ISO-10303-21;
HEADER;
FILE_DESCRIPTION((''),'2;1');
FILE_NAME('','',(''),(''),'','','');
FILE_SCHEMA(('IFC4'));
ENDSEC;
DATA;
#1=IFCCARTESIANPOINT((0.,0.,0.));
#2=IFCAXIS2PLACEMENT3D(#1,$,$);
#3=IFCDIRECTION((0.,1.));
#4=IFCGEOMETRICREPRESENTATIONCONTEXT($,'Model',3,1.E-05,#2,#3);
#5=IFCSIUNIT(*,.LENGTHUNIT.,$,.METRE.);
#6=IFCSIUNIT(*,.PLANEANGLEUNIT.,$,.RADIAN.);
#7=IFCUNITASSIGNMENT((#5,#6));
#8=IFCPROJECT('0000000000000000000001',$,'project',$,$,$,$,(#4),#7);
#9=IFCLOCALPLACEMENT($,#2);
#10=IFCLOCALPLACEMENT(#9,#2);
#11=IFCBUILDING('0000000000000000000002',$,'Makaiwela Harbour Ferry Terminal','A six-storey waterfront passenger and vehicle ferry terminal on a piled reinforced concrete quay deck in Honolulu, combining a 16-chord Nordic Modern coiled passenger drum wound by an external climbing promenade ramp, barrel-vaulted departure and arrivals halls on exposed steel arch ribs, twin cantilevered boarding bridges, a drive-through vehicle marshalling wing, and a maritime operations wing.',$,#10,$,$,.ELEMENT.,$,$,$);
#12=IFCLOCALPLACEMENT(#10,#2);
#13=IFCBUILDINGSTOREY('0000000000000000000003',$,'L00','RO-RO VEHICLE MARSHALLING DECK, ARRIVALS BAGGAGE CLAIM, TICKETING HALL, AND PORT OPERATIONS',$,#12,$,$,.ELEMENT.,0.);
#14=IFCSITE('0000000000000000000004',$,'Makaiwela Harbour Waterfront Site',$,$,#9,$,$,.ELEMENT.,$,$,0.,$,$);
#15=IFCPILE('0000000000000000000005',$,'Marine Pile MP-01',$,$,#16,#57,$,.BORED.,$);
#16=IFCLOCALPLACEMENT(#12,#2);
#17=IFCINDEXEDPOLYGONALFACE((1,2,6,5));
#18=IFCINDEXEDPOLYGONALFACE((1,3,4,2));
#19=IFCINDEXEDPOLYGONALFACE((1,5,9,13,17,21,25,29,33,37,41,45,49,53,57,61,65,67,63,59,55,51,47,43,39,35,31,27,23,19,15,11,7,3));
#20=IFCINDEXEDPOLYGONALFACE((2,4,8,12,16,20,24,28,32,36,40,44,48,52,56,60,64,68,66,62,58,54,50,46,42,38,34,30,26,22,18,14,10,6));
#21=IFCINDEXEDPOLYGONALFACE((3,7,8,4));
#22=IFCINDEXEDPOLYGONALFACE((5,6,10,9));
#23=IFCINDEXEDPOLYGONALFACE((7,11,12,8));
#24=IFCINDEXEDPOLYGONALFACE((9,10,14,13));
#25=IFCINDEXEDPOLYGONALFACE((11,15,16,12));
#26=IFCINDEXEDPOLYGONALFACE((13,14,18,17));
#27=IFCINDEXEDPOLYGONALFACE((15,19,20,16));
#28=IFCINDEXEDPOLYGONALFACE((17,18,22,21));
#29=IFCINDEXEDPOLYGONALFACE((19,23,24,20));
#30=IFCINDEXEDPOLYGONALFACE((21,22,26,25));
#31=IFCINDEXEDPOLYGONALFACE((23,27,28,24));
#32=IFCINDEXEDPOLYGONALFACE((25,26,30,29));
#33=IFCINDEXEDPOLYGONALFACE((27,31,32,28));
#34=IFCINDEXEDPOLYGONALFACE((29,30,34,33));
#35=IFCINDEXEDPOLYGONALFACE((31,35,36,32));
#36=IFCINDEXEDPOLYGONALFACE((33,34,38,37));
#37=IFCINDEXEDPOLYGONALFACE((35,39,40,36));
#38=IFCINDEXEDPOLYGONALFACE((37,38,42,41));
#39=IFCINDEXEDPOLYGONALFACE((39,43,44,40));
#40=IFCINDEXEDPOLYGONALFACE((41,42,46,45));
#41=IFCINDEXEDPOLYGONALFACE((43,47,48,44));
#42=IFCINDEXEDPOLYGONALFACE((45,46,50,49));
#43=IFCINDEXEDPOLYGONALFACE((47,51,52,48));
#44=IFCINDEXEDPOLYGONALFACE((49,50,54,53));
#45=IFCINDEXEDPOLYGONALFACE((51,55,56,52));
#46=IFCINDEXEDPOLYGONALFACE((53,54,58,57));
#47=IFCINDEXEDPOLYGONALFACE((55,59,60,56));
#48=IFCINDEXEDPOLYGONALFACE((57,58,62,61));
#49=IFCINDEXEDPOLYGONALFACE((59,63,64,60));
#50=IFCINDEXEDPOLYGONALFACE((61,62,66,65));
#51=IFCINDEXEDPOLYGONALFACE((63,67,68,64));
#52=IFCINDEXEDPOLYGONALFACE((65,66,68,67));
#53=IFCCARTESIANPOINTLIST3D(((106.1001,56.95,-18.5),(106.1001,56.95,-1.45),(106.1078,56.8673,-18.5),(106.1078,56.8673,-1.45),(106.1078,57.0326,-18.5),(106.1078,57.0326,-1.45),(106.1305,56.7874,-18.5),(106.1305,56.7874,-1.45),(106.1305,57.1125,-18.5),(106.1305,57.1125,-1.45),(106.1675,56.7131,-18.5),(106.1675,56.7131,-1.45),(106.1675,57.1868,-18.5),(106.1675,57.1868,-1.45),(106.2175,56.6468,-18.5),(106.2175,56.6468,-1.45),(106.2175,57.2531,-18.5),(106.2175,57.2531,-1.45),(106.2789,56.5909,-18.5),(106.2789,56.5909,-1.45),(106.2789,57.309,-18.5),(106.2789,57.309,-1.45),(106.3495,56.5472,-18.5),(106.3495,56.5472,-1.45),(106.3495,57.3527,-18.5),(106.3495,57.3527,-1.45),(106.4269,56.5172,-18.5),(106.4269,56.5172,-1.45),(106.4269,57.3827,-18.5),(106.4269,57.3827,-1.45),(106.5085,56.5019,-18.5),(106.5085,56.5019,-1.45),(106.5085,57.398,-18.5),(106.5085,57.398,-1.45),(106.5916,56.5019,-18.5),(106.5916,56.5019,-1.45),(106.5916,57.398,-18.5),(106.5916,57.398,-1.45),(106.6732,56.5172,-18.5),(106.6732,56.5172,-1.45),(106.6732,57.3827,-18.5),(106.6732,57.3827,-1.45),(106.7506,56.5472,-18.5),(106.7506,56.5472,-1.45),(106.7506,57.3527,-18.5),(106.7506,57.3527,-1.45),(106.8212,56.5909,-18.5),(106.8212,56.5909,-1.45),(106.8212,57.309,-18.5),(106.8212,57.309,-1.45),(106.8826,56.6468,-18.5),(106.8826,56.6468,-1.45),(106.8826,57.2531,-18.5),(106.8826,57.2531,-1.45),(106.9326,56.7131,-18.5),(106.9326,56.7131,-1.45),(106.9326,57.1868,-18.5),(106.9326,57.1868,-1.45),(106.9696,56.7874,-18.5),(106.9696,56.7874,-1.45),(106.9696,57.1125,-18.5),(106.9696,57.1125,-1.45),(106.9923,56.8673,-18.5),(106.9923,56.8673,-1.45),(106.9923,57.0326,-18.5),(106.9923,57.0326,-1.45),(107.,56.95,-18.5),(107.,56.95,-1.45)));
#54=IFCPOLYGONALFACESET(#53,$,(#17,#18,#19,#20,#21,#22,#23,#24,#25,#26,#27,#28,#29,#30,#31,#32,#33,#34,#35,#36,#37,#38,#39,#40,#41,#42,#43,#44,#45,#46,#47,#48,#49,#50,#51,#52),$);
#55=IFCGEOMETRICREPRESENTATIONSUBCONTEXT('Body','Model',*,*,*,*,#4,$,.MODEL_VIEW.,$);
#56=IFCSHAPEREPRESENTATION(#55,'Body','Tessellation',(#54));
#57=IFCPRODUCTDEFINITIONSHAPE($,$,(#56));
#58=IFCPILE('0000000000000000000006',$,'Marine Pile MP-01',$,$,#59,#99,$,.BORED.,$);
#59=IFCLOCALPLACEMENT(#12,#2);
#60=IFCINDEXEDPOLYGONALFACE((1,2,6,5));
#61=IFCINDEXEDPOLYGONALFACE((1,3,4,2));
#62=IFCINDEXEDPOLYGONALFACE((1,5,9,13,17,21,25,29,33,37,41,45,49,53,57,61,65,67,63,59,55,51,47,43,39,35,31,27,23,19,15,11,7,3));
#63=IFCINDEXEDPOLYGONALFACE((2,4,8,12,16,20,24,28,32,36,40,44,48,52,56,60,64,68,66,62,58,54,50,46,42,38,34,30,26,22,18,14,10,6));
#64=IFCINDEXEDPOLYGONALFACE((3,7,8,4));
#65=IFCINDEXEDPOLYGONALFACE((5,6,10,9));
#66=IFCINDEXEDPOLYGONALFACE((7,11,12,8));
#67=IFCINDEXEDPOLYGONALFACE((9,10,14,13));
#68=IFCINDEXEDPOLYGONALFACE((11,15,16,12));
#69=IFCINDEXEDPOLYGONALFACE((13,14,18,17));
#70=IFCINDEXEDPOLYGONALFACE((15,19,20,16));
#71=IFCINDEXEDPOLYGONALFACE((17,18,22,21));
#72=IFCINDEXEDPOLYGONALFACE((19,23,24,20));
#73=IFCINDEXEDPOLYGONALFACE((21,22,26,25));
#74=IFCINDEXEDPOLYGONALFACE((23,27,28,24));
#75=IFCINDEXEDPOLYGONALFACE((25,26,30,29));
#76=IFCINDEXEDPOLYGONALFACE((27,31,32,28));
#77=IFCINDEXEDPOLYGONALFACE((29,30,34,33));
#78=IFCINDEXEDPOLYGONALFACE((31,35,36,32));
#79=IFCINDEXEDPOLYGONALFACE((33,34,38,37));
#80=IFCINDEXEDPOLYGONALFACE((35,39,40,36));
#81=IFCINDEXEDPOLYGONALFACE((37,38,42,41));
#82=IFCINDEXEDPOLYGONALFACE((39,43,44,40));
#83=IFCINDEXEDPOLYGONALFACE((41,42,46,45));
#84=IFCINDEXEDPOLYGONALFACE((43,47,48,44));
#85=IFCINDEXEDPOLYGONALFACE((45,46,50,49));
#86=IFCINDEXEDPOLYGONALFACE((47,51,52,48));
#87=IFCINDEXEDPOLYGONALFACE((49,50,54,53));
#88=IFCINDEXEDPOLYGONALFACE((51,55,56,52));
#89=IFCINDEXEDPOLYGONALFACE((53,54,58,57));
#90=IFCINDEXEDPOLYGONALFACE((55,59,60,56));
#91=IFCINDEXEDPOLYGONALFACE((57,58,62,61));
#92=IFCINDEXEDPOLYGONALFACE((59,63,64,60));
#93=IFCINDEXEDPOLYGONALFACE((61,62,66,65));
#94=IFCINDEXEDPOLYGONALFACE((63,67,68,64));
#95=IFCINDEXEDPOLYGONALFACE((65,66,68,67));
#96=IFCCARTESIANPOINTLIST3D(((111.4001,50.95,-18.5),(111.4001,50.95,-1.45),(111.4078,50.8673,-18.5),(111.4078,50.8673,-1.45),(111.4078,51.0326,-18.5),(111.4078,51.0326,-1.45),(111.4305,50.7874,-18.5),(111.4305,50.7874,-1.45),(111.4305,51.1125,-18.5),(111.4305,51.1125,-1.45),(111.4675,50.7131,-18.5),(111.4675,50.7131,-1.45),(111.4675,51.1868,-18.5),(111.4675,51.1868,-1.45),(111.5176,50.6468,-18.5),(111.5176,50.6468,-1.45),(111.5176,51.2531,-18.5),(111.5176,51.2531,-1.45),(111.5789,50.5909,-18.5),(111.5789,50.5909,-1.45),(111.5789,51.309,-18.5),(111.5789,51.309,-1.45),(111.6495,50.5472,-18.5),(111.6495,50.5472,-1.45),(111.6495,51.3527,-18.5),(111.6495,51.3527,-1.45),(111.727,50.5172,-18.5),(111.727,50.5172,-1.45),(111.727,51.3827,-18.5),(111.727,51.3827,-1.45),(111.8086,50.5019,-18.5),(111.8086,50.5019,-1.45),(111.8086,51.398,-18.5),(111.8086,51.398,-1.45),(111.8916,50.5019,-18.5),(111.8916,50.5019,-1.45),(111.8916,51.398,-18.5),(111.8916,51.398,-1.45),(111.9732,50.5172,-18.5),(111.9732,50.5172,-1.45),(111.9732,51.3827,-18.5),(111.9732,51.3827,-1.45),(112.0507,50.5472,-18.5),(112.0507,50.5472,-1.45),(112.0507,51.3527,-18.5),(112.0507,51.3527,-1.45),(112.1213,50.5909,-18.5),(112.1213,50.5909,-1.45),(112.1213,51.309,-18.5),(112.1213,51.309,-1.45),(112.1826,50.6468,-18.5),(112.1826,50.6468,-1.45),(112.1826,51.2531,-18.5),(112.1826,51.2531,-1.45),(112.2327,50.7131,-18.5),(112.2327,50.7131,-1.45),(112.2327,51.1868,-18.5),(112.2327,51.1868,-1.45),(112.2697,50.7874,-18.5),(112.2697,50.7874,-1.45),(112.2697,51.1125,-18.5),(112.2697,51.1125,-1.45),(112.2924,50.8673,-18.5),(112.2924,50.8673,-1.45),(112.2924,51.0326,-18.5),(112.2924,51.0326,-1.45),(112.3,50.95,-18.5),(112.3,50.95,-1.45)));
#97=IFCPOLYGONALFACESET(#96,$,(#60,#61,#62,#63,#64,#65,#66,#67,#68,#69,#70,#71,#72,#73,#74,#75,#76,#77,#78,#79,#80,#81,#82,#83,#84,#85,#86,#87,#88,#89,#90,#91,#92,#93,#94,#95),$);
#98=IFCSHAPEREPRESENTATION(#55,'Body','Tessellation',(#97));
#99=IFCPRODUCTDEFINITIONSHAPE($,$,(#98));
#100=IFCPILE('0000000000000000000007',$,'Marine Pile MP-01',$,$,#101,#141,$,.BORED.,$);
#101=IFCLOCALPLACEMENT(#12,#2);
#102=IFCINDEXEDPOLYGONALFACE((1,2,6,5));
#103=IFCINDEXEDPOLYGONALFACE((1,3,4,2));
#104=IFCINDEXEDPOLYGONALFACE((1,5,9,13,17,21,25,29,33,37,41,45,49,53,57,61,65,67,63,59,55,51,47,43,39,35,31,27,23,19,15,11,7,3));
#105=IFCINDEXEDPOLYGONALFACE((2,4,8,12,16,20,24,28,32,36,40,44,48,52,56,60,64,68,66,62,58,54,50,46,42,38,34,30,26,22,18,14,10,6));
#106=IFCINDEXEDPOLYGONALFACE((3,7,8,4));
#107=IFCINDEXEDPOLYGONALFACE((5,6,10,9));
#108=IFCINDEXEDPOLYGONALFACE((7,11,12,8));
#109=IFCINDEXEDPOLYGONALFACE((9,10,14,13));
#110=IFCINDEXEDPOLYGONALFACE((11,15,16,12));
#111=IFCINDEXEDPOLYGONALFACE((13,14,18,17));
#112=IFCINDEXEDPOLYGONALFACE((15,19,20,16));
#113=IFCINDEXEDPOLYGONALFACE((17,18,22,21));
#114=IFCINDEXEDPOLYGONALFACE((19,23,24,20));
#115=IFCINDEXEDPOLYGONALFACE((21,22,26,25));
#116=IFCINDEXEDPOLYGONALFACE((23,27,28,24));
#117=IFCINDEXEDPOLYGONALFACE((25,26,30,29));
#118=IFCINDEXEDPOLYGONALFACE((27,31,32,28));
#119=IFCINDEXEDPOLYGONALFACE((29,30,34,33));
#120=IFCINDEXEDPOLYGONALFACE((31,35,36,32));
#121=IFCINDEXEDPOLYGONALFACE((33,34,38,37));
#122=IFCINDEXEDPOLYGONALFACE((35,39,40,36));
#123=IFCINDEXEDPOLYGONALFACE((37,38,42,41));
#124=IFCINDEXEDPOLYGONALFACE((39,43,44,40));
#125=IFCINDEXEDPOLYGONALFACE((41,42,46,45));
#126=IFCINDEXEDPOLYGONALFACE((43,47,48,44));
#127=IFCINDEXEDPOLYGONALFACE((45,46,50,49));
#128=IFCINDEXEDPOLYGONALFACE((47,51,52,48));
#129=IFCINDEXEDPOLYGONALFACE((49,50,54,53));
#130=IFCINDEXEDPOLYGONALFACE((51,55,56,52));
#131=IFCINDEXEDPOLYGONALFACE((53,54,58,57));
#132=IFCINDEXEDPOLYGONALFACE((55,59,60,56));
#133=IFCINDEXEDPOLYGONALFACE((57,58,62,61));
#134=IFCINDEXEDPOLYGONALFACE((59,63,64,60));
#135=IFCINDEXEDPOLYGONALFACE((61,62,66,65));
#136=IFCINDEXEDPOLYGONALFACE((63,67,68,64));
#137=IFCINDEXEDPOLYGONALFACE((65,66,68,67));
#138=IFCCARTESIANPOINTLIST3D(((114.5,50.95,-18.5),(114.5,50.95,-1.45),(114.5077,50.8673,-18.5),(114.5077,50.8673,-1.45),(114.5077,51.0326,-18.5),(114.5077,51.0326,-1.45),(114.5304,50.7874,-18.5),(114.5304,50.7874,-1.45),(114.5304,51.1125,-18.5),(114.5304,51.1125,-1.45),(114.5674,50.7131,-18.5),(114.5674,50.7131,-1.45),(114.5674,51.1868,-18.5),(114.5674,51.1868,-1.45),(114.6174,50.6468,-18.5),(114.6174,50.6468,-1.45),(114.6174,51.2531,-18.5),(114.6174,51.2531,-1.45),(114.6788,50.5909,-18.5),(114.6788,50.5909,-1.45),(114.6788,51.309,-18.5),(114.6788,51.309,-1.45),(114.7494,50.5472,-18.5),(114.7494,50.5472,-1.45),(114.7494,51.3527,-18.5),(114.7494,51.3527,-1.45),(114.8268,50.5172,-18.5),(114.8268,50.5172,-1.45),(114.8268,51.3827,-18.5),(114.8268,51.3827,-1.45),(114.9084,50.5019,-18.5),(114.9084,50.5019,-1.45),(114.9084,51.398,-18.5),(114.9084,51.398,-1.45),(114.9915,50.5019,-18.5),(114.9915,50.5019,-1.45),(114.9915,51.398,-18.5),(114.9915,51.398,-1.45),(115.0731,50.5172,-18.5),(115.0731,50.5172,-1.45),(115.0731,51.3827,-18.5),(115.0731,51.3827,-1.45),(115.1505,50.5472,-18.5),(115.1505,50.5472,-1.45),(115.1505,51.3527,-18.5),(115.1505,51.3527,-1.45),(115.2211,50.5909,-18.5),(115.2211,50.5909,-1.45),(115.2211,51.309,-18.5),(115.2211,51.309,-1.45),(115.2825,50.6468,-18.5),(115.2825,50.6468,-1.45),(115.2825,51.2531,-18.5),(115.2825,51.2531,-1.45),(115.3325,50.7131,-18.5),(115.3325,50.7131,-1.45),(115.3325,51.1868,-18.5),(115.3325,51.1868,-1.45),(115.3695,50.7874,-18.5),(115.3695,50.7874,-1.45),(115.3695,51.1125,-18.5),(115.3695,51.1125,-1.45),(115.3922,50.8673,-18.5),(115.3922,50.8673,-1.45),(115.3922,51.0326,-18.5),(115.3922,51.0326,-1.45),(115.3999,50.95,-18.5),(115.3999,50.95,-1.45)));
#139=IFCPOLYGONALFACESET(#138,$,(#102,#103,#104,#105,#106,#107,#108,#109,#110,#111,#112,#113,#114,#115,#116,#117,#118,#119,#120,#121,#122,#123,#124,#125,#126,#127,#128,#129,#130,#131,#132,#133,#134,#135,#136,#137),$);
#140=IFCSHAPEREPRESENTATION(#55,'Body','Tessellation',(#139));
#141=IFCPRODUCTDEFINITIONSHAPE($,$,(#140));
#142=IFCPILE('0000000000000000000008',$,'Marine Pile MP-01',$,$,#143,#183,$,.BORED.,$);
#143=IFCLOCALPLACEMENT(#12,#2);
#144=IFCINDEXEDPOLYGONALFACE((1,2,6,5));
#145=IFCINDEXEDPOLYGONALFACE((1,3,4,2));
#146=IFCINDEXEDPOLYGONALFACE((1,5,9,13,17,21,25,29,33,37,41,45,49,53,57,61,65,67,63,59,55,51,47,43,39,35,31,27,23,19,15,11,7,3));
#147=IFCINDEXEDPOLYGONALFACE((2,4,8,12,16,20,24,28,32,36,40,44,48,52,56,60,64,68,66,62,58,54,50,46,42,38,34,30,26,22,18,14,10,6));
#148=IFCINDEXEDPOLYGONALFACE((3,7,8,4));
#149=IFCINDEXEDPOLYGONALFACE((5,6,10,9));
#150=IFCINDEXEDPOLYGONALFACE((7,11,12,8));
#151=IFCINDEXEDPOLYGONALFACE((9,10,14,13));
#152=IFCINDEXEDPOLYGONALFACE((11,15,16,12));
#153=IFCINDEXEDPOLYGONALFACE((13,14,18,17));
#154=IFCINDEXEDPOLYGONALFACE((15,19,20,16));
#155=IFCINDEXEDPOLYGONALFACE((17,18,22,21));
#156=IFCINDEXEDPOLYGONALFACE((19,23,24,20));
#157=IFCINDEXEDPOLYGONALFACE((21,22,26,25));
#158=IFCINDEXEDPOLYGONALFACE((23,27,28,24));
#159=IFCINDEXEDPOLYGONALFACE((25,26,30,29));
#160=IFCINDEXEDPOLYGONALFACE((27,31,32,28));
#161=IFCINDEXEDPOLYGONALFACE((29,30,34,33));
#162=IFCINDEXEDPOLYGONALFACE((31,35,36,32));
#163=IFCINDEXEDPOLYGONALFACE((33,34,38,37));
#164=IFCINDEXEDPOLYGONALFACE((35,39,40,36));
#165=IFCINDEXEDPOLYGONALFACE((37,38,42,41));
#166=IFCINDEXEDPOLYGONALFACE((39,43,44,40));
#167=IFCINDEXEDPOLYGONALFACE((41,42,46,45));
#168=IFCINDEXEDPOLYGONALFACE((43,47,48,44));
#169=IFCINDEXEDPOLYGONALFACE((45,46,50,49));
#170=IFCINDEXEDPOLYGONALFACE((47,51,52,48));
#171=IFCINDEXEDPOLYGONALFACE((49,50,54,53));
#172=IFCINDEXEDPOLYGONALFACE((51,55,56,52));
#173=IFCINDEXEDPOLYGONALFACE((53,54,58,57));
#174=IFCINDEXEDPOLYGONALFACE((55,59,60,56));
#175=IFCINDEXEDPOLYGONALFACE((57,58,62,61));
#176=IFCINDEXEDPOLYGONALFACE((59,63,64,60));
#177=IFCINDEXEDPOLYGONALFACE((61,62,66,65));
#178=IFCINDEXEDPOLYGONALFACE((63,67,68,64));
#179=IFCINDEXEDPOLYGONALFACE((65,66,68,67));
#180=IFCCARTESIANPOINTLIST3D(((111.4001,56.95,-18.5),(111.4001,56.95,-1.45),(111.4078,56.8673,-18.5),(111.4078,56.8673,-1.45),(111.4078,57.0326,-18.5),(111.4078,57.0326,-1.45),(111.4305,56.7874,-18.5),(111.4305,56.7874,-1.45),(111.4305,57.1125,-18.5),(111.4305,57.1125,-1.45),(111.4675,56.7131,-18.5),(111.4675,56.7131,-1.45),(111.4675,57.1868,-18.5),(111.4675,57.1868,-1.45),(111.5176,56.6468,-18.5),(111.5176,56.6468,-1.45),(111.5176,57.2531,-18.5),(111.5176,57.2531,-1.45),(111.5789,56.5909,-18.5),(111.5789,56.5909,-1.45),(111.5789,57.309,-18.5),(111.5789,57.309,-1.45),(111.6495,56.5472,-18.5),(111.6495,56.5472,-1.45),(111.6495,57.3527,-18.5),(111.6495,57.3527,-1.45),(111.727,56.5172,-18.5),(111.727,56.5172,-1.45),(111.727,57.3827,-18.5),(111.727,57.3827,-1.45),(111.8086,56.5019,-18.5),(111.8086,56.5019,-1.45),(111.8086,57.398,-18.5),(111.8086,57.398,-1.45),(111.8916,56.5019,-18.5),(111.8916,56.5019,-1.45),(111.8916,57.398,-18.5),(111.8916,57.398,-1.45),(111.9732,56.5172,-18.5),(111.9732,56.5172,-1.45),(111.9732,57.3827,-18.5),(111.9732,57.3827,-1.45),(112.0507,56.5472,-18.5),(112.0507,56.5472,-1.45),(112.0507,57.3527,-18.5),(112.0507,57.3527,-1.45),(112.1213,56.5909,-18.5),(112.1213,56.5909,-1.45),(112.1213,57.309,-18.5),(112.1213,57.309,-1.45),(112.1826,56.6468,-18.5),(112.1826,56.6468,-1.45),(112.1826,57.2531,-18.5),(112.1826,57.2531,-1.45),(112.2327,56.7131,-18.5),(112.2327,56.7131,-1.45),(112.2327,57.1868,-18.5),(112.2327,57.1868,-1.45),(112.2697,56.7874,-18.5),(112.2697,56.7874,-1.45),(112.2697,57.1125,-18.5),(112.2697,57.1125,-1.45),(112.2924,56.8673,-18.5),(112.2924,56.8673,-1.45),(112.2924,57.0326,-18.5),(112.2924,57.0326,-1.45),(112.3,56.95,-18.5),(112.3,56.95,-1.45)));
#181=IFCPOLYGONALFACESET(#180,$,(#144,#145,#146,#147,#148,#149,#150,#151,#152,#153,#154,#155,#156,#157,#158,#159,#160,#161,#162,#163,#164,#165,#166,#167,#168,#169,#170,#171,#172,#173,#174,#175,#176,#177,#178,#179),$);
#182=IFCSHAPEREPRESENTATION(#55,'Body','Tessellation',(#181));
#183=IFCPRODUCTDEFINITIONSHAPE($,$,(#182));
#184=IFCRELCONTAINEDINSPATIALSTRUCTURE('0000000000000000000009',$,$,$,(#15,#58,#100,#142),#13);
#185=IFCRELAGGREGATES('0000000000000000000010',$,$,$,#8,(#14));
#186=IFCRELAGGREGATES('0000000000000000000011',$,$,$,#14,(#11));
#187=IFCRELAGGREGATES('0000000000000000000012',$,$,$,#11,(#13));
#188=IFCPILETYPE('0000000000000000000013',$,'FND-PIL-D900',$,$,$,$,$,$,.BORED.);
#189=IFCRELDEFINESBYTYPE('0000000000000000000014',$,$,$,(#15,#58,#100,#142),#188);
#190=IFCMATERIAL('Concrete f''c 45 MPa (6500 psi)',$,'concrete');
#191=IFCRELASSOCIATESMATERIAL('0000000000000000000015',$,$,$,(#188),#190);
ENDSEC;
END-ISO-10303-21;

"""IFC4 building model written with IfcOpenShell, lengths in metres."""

from ifc_helpers import new_model, si_unit, direction, frame, origin, origin_2d, place, context, subcontext, project, spatial, circle, extrude, material, material_profile, profile_set, type_object, element, save


model = new_model("IFC4")

# Units and contexts
model_context = context("Model", 3, precision=1e-05, world=origin(), true_north=direction((0.0, 1.0)))
body_context = subcontext(model_context, "Body", "Model", "MODEL_VIEW")
ifc_project = project(units=[si_unit("LENGTHUNIT", "METRE"), si_unit("PLANEANGLEUNIT", "RADIAN")], contexts=[model_context])

# Site, building, storey
site_placement = place(None, origin())
site = spatial("IfcSite", under=ifc_project, at=site_placement, Name="Makaiwela Harbour Waterfront Site", CompositionType="ELEMENT", RefElevation=0.0)
building_placement = place(site_placement, origin())
building = spatial("IfcBuilding", under=site, at=building_placement, Name="Makaiwela Harbour Ferry Terminal", Description="A six-storey waterfront passenger and vehicle ferry terminal on a piled reinforced concrete quay deck in Honolulu, combining a 16-chord Nordic Modern coiled passenger drum wound by an external climbing promenade ramp, barrel-vaulted departure and arrivals halls on exposed steel arch ribs, twin cantilevered boarding bridges, a drive-through vehicle marshalling wing, and a maritime operations wing.", CompositionType="ELEMENT")
storey_placement = place(building_placement, origin())
storey = spatial("IfcBuildingStorey", under=building, at=storey_placement, Name="L00", Description="RO-RO VEHICLE MARSHALLING DECK, ARRIVALS BAGGAGE CLAIM, TICKETING HALL, AND PORT OPERATIONS", CompositionType="ELEMENT", Elevation=0.0)

# Shared definitions
ifc_material_1 = material(Name="Concrete f'c 45 MPa (6500 psi)", Category="concrete")

# Piles
ifc_material_profile_1 = material_profile(ifc_material_1, circle(Radius=0.45, at=origin_2d()), Name="PILE-D900")
ifc_profile_set_1 = profile_set([ifc_material_profile_1], Name="Concrete f'c 45 MPa (6500 psi)")
pile_type = type_object("IfcPileType", Name="FND-PIL-D900", PredefinedType="BORED", material=ifc_profile_set_1)
for number, where, z_axis, x_axis, name in (
    (1, (106.55, 56.95, -1.45), (0.0, 0.0, -1.0), (1.0, 0.0, 0.0), "Marine Pile MP-01"),
    (2, (111.8501, 50.95, -1.45), (0.0, 0.0, -1.0), (1.0, 0.0, 0.0), "Marine Pile MP-01"),
    (3, (114.95, 50.95, -1.45), (0.0, 0.0, -1.0), (1.0, 0.0, 0.0), "Marine Pile MP-01"),
    (4, (111.8501, 56.95, -1.45), (0.0, 0.0, -1.0), (1.0, 0.0, 0.0), "Marine Pile MP-01"),
):
    element("IfcPile", number, at=place(storey_placement, frame(where, z_axis=z_axis, x_axis=x_axis)), inside=storey, type_object=pile_type, Name=name, PredefinedType="BORED", context=body_context, shape_type="SweptSolid", body=[
        extrude(circle(Radius=0.45, at=origin_2d()), origin(), (0.0, 0.0, 1.0), 17.05),
    ])

save(model, "model.ifc")
